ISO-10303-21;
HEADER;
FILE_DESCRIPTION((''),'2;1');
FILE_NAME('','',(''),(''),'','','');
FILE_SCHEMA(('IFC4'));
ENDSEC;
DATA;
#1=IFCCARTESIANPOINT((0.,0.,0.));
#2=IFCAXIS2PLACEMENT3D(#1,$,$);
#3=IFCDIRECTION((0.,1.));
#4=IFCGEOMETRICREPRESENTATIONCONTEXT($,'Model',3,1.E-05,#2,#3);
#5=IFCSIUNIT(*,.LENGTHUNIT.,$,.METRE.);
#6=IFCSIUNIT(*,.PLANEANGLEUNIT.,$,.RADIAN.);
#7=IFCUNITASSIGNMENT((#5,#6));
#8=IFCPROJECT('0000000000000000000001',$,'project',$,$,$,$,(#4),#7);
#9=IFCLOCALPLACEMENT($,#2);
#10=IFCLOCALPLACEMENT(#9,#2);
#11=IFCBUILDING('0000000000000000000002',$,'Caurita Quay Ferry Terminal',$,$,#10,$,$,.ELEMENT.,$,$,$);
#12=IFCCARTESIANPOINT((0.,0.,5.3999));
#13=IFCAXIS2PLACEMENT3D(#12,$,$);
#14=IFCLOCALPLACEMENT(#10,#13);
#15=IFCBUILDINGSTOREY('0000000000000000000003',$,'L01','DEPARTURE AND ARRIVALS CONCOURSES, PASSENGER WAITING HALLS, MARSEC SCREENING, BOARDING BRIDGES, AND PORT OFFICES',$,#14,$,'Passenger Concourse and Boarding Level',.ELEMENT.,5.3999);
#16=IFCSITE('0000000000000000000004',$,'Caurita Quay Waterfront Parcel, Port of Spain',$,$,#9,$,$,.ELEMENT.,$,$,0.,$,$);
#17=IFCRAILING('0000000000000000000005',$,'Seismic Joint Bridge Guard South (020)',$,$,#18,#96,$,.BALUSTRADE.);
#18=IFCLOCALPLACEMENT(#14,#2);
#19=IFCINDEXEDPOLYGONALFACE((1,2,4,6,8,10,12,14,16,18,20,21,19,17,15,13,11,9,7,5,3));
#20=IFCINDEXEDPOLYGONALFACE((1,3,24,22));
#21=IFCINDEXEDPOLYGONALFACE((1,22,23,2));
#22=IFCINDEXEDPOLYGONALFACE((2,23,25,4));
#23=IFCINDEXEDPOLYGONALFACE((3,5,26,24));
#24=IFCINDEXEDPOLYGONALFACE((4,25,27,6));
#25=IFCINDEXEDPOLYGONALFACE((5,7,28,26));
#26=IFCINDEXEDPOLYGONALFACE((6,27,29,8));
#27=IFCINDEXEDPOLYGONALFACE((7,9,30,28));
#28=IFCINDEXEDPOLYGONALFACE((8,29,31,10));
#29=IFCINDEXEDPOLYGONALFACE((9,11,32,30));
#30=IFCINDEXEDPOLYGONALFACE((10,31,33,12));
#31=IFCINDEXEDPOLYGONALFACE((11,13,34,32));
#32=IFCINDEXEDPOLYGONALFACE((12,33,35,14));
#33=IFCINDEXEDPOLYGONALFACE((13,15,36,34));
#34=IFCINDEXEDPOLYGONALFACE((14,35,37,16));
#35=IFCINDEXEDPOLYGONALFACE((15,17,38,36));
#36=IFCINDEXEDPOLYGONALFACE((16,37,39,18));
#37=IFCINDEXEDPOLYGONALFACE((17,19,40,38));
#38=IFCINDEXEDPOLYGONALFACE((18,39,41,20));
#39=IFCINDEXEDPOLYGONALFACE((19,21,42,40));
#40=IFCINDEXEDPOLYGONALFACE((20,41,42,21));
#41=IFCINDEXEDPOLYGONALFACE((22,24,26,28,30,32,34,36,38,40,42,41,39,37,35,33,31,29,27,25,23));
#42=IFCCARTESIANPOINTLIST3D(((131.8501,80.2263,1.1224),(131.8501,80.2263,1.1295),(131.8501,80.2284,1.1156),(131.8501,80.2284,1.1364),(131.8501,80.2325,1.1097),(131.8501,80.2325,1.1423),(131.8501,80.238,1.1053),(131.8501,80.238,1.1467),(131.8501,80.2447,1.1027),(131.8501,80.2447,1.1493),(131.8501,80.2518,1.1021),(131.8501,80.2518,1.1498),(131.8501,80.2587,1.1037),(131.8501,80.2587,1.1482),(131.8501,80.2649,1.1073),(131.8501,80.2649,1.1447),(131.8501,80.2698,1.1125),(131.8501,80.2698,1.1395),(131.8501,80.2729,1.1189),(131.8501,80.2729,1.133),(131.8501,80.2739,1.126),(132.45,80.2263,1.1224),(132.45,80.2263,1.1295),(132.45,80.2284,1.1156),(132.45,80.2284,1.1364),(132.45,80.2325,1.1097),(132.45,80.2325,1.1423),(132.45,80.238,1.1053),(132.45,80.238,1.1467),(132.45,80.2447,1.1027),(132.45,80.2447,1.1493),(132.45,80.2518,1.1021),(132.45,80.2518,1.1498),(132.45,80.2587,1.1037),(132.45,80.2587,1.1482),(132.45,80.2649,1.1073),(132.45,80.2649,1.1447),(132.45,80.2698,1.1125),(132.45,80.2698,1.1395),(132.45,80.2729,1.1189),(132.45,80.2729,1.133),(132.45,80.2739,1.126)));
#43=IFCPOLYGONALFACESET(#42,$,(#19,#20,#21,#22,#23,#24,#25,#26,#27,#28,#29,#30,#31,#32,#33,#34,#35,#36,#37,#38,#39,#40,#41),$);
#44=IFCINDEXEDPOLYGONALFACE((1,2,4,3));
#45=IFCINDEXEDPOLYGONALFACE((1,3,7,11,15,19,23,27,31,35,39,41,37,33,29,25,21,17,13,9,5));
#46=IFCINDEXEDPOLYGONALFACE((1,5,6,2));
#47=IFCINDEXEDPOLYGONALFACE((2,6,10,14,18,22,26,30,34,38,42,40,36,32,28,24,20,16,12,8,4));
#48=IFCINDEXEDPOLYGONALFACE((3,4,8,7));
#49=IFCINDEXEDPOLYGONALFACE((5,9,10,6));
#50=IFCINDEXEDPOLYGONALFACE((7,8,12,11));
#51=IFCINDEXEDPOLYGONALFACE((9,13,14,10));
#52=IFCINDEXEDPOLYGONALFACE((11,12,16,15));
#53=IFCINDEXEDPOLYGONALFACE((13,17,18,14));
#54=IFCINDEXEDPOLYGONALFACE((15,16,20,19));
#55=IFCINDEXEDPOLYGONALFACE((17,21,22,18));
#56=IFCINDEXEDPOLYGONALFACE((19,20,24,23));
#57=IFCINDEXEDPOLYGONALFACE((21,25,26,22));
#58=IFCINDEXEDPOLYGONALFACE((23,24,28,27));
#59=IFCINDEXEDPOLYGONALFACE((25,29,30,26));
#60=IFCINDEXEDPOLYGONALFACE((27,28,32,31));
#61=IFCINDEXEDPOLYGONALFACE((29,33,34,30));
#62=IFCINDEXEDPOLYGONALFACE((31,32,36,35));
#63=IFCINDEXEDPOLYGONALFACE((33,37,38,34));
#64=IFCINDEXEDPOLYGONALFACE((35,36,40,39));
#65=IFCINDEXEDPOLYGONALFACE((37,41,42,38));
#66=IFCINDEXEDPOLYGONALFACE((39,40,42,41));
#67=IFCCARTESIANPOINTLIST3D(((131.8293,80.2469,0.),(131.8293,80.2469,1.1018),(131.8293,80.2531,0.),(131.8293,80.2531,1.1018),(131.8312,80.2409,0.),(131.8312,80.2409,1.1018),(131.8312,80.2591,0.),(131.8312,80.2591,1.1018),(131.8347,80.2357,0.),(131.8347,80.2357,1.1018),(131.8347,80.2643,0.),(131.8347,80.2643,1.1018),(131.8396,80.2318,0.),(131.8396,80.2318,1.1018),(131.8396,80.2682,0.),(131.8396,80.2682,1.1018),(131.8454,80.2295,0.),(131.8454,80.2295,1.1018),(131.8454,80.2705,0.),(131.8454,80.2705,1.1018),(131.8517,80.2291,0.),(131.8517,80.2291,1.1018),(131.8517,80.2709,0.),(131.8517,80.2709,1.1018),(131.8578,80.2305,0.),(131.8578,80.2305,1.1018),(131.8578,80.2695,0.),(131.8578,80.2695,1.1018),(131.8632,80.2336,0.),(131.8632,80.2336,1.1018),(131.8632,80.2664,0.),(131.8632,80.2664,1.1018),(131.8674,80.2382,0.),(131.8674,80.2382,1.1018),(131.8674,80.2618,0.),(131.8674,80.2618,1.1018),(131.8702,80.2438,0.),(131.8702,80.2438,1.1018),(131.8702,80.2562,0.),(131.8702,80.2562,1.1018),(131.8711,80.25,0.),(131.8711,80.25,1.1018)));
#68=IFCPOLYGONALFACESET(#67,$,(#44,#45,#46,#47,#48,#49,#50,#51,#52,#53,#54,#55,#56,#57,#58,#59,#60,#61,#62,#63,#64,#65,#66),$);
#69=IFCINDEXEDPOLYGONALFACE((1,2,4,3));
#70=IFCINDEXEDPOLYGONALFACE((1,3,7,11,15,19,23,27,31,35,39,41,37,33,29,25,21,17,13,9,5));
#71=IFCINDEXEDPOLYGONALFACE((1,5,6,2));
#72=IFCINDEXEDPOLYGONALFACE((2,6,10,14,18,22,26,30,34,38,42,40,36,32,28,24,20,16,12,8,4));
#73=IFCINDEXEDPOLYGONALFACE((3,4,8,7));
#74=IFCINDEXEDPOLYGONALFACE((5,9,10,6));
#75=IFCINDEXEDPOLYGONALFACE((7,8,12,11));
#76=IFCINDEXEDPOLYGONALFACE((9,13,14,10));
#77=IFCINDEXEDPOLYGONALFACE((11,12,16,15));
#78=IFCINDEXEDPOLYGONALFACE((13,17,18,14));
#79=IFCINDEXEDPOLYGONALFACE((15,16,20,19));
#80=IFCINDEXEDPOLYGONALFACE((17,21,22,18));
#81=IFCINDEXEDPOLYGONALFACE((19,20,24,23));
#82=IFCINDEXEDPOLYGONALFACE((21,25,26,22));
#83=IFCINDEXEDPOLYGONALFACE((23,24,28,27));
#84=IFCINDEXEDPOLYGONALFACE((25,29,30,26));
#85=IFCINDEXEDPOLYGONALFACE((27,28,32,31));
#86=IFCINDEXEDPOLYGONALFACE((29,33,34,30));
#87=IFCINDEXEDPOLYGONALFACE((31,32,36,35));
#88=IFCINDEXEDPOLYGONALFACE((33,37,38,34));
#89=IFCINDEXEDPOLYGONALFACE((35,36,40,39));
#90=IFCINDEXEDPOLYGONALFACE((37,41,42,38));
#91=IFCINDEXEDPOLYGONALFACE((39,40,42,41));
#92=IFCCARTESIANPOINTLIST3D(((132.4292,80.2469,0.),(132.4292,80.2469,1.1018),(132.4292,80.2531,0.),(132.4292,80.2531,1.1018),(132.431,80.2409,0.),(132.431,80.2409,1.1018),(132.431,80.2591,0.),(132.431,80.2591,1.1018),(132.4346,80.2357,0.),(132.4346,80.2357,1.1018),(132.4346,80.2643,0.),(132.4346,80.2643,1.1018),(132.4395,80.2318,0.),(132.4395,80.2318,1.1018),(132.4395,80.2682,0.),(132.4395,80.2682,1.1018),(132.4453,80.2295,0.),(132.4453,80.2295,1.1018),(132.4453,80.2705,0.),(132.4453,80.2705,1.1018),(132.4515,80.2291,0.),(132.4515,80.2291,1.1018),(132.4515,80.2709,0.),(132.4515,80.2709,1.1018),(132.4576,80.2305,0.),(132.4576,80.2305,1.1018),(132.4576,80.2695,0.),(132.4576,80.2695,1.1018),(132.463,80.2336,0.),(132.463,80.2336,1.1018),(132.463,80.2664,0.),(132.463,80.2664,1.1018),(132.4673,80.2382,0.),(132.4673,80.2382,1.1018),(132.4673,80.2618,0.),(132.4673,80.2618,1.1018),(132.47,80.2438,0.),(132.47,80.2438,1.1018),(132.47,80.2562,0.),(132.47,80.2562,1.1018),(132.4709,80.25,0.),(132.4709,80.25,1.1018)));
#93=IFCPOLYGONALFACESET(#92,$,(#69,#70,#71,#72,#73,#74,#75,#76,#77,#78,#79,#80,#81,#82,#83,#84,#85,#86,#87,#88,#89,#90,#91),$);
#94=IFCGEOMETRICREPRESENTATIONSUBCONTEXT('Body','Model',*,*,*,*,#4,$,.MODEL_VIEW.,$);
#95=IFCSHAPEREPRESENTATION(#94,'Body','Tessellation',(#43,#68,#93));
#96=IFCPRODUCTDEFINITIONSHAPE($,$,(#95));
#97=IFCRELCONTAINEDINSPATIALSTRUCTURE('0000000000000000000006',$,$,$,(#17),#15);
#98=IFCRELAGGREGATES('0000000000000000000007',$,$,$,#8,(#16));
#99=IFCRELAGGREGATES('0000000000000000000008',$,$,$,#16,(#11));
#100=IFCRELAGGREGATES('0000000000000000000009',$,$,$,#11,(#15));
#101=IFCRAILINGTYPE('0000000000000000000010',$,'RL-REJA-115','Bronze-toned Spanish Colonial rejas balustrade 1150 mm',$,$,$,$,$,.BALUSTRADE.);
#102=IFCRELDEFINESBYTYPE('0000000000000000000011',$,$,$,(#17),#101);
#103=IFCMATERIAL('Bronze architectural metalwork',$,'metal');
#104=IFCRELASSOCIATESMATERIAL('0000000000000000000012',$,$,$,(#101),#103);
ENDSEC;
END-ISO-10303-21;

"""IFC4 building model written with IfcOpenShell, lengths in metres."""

from ifc_helpers import new_model, si_unit, direction, frame, origin, origin_2d, place, context, subcontext, project, spatial, circle, extrude, material, type_object, element, save


model = new_model("IFC4")

# Units and contexts
model_context = context("Model", 3, precision=1e-05, world=origin(), true_north=direction((0.0, 1.0)))
body_context = subcontext(model_context, "Body", "Model", "MODEL_VIEW")
ifc_project = project(units=[si_unit("LENGTHUNIT", "METRE"), si_unit("PLANEANGLEUNIT", "RADIAN")], contexts=[model_context])

# Site, building, storey
site_placement = place(None, origin())
site = spatial("IfcSite", under=ifc_project, at=site_placement, Name="Caurita Quay Waterfront Parcel, Port of Spain", CompositionType="ELEMENT", RefElevation=0.0)
building_placement = place(site_placement, origin())
building = spatial("IfcBuilding", under=site, at=building_placement, Name="Caurita Quay Ferry Terminal", CompositionType="ELEMENT")
storey_placement = place(building_placement, frame((0.0, 0.0, 5.3999)))
storey = spatial("IfcBuildingStorey", under=building, at=storey_placement, Name="L01", Description="DEPARTURE AND ARRIVALS CONCOURSES, PASSENGER WAITING HALLS, MARSEC SCREENING, BOARDING BRIDGES, AND PORT OFFICES", LongName="Passenger Concourse and Boarding Level", CompositionType="ELEMENT", Elevation=5.3999)

# Railing
ifc_material_1 = material(Name="Bronze architectural metalwork", Category="metal")
railing_type = type_object("IfcRailingType", Name="RL-REJA-115", Description="Bronze-toned Spanish Colonial rejas balustrade 1150 mm", PredefinedType="BALUSTRADE", material=ifc_material_1)
railing_1_placement = place(storey_placement, frame((131.8501, 80.25, 0.0)))
element("IfcRailing", 1, at=railing_1_placement, inside=storey, type_object=railing_type, Name="Seismic Joint Bridge Guard South (020)", PredefinedType="BALUSTRADE", context=body_context, shape_type="SweptSolid", body=[
    extrude(circle(Radius=0.0239, at=origin_2d()), frame((0.0, 0.0, 1.126), z_axis=(1.0, 0.0, 0.0), x_axis=(0.0, 1.0, 0.0)), (0.0, 0.0, 1.0), 0.5999),
    extrude(circle(Radius=0.021, at=origin_2d()), origin(), (0.0, 0.0, 1.0), 1.1018),
    extrude(circle(Radius=0.021, at=origin_2d()), frame((0.5999, 0.0, 0.0)), (0.0, 0.0, 1.0), 1.1018),
])

save(model, "model.ifc")
